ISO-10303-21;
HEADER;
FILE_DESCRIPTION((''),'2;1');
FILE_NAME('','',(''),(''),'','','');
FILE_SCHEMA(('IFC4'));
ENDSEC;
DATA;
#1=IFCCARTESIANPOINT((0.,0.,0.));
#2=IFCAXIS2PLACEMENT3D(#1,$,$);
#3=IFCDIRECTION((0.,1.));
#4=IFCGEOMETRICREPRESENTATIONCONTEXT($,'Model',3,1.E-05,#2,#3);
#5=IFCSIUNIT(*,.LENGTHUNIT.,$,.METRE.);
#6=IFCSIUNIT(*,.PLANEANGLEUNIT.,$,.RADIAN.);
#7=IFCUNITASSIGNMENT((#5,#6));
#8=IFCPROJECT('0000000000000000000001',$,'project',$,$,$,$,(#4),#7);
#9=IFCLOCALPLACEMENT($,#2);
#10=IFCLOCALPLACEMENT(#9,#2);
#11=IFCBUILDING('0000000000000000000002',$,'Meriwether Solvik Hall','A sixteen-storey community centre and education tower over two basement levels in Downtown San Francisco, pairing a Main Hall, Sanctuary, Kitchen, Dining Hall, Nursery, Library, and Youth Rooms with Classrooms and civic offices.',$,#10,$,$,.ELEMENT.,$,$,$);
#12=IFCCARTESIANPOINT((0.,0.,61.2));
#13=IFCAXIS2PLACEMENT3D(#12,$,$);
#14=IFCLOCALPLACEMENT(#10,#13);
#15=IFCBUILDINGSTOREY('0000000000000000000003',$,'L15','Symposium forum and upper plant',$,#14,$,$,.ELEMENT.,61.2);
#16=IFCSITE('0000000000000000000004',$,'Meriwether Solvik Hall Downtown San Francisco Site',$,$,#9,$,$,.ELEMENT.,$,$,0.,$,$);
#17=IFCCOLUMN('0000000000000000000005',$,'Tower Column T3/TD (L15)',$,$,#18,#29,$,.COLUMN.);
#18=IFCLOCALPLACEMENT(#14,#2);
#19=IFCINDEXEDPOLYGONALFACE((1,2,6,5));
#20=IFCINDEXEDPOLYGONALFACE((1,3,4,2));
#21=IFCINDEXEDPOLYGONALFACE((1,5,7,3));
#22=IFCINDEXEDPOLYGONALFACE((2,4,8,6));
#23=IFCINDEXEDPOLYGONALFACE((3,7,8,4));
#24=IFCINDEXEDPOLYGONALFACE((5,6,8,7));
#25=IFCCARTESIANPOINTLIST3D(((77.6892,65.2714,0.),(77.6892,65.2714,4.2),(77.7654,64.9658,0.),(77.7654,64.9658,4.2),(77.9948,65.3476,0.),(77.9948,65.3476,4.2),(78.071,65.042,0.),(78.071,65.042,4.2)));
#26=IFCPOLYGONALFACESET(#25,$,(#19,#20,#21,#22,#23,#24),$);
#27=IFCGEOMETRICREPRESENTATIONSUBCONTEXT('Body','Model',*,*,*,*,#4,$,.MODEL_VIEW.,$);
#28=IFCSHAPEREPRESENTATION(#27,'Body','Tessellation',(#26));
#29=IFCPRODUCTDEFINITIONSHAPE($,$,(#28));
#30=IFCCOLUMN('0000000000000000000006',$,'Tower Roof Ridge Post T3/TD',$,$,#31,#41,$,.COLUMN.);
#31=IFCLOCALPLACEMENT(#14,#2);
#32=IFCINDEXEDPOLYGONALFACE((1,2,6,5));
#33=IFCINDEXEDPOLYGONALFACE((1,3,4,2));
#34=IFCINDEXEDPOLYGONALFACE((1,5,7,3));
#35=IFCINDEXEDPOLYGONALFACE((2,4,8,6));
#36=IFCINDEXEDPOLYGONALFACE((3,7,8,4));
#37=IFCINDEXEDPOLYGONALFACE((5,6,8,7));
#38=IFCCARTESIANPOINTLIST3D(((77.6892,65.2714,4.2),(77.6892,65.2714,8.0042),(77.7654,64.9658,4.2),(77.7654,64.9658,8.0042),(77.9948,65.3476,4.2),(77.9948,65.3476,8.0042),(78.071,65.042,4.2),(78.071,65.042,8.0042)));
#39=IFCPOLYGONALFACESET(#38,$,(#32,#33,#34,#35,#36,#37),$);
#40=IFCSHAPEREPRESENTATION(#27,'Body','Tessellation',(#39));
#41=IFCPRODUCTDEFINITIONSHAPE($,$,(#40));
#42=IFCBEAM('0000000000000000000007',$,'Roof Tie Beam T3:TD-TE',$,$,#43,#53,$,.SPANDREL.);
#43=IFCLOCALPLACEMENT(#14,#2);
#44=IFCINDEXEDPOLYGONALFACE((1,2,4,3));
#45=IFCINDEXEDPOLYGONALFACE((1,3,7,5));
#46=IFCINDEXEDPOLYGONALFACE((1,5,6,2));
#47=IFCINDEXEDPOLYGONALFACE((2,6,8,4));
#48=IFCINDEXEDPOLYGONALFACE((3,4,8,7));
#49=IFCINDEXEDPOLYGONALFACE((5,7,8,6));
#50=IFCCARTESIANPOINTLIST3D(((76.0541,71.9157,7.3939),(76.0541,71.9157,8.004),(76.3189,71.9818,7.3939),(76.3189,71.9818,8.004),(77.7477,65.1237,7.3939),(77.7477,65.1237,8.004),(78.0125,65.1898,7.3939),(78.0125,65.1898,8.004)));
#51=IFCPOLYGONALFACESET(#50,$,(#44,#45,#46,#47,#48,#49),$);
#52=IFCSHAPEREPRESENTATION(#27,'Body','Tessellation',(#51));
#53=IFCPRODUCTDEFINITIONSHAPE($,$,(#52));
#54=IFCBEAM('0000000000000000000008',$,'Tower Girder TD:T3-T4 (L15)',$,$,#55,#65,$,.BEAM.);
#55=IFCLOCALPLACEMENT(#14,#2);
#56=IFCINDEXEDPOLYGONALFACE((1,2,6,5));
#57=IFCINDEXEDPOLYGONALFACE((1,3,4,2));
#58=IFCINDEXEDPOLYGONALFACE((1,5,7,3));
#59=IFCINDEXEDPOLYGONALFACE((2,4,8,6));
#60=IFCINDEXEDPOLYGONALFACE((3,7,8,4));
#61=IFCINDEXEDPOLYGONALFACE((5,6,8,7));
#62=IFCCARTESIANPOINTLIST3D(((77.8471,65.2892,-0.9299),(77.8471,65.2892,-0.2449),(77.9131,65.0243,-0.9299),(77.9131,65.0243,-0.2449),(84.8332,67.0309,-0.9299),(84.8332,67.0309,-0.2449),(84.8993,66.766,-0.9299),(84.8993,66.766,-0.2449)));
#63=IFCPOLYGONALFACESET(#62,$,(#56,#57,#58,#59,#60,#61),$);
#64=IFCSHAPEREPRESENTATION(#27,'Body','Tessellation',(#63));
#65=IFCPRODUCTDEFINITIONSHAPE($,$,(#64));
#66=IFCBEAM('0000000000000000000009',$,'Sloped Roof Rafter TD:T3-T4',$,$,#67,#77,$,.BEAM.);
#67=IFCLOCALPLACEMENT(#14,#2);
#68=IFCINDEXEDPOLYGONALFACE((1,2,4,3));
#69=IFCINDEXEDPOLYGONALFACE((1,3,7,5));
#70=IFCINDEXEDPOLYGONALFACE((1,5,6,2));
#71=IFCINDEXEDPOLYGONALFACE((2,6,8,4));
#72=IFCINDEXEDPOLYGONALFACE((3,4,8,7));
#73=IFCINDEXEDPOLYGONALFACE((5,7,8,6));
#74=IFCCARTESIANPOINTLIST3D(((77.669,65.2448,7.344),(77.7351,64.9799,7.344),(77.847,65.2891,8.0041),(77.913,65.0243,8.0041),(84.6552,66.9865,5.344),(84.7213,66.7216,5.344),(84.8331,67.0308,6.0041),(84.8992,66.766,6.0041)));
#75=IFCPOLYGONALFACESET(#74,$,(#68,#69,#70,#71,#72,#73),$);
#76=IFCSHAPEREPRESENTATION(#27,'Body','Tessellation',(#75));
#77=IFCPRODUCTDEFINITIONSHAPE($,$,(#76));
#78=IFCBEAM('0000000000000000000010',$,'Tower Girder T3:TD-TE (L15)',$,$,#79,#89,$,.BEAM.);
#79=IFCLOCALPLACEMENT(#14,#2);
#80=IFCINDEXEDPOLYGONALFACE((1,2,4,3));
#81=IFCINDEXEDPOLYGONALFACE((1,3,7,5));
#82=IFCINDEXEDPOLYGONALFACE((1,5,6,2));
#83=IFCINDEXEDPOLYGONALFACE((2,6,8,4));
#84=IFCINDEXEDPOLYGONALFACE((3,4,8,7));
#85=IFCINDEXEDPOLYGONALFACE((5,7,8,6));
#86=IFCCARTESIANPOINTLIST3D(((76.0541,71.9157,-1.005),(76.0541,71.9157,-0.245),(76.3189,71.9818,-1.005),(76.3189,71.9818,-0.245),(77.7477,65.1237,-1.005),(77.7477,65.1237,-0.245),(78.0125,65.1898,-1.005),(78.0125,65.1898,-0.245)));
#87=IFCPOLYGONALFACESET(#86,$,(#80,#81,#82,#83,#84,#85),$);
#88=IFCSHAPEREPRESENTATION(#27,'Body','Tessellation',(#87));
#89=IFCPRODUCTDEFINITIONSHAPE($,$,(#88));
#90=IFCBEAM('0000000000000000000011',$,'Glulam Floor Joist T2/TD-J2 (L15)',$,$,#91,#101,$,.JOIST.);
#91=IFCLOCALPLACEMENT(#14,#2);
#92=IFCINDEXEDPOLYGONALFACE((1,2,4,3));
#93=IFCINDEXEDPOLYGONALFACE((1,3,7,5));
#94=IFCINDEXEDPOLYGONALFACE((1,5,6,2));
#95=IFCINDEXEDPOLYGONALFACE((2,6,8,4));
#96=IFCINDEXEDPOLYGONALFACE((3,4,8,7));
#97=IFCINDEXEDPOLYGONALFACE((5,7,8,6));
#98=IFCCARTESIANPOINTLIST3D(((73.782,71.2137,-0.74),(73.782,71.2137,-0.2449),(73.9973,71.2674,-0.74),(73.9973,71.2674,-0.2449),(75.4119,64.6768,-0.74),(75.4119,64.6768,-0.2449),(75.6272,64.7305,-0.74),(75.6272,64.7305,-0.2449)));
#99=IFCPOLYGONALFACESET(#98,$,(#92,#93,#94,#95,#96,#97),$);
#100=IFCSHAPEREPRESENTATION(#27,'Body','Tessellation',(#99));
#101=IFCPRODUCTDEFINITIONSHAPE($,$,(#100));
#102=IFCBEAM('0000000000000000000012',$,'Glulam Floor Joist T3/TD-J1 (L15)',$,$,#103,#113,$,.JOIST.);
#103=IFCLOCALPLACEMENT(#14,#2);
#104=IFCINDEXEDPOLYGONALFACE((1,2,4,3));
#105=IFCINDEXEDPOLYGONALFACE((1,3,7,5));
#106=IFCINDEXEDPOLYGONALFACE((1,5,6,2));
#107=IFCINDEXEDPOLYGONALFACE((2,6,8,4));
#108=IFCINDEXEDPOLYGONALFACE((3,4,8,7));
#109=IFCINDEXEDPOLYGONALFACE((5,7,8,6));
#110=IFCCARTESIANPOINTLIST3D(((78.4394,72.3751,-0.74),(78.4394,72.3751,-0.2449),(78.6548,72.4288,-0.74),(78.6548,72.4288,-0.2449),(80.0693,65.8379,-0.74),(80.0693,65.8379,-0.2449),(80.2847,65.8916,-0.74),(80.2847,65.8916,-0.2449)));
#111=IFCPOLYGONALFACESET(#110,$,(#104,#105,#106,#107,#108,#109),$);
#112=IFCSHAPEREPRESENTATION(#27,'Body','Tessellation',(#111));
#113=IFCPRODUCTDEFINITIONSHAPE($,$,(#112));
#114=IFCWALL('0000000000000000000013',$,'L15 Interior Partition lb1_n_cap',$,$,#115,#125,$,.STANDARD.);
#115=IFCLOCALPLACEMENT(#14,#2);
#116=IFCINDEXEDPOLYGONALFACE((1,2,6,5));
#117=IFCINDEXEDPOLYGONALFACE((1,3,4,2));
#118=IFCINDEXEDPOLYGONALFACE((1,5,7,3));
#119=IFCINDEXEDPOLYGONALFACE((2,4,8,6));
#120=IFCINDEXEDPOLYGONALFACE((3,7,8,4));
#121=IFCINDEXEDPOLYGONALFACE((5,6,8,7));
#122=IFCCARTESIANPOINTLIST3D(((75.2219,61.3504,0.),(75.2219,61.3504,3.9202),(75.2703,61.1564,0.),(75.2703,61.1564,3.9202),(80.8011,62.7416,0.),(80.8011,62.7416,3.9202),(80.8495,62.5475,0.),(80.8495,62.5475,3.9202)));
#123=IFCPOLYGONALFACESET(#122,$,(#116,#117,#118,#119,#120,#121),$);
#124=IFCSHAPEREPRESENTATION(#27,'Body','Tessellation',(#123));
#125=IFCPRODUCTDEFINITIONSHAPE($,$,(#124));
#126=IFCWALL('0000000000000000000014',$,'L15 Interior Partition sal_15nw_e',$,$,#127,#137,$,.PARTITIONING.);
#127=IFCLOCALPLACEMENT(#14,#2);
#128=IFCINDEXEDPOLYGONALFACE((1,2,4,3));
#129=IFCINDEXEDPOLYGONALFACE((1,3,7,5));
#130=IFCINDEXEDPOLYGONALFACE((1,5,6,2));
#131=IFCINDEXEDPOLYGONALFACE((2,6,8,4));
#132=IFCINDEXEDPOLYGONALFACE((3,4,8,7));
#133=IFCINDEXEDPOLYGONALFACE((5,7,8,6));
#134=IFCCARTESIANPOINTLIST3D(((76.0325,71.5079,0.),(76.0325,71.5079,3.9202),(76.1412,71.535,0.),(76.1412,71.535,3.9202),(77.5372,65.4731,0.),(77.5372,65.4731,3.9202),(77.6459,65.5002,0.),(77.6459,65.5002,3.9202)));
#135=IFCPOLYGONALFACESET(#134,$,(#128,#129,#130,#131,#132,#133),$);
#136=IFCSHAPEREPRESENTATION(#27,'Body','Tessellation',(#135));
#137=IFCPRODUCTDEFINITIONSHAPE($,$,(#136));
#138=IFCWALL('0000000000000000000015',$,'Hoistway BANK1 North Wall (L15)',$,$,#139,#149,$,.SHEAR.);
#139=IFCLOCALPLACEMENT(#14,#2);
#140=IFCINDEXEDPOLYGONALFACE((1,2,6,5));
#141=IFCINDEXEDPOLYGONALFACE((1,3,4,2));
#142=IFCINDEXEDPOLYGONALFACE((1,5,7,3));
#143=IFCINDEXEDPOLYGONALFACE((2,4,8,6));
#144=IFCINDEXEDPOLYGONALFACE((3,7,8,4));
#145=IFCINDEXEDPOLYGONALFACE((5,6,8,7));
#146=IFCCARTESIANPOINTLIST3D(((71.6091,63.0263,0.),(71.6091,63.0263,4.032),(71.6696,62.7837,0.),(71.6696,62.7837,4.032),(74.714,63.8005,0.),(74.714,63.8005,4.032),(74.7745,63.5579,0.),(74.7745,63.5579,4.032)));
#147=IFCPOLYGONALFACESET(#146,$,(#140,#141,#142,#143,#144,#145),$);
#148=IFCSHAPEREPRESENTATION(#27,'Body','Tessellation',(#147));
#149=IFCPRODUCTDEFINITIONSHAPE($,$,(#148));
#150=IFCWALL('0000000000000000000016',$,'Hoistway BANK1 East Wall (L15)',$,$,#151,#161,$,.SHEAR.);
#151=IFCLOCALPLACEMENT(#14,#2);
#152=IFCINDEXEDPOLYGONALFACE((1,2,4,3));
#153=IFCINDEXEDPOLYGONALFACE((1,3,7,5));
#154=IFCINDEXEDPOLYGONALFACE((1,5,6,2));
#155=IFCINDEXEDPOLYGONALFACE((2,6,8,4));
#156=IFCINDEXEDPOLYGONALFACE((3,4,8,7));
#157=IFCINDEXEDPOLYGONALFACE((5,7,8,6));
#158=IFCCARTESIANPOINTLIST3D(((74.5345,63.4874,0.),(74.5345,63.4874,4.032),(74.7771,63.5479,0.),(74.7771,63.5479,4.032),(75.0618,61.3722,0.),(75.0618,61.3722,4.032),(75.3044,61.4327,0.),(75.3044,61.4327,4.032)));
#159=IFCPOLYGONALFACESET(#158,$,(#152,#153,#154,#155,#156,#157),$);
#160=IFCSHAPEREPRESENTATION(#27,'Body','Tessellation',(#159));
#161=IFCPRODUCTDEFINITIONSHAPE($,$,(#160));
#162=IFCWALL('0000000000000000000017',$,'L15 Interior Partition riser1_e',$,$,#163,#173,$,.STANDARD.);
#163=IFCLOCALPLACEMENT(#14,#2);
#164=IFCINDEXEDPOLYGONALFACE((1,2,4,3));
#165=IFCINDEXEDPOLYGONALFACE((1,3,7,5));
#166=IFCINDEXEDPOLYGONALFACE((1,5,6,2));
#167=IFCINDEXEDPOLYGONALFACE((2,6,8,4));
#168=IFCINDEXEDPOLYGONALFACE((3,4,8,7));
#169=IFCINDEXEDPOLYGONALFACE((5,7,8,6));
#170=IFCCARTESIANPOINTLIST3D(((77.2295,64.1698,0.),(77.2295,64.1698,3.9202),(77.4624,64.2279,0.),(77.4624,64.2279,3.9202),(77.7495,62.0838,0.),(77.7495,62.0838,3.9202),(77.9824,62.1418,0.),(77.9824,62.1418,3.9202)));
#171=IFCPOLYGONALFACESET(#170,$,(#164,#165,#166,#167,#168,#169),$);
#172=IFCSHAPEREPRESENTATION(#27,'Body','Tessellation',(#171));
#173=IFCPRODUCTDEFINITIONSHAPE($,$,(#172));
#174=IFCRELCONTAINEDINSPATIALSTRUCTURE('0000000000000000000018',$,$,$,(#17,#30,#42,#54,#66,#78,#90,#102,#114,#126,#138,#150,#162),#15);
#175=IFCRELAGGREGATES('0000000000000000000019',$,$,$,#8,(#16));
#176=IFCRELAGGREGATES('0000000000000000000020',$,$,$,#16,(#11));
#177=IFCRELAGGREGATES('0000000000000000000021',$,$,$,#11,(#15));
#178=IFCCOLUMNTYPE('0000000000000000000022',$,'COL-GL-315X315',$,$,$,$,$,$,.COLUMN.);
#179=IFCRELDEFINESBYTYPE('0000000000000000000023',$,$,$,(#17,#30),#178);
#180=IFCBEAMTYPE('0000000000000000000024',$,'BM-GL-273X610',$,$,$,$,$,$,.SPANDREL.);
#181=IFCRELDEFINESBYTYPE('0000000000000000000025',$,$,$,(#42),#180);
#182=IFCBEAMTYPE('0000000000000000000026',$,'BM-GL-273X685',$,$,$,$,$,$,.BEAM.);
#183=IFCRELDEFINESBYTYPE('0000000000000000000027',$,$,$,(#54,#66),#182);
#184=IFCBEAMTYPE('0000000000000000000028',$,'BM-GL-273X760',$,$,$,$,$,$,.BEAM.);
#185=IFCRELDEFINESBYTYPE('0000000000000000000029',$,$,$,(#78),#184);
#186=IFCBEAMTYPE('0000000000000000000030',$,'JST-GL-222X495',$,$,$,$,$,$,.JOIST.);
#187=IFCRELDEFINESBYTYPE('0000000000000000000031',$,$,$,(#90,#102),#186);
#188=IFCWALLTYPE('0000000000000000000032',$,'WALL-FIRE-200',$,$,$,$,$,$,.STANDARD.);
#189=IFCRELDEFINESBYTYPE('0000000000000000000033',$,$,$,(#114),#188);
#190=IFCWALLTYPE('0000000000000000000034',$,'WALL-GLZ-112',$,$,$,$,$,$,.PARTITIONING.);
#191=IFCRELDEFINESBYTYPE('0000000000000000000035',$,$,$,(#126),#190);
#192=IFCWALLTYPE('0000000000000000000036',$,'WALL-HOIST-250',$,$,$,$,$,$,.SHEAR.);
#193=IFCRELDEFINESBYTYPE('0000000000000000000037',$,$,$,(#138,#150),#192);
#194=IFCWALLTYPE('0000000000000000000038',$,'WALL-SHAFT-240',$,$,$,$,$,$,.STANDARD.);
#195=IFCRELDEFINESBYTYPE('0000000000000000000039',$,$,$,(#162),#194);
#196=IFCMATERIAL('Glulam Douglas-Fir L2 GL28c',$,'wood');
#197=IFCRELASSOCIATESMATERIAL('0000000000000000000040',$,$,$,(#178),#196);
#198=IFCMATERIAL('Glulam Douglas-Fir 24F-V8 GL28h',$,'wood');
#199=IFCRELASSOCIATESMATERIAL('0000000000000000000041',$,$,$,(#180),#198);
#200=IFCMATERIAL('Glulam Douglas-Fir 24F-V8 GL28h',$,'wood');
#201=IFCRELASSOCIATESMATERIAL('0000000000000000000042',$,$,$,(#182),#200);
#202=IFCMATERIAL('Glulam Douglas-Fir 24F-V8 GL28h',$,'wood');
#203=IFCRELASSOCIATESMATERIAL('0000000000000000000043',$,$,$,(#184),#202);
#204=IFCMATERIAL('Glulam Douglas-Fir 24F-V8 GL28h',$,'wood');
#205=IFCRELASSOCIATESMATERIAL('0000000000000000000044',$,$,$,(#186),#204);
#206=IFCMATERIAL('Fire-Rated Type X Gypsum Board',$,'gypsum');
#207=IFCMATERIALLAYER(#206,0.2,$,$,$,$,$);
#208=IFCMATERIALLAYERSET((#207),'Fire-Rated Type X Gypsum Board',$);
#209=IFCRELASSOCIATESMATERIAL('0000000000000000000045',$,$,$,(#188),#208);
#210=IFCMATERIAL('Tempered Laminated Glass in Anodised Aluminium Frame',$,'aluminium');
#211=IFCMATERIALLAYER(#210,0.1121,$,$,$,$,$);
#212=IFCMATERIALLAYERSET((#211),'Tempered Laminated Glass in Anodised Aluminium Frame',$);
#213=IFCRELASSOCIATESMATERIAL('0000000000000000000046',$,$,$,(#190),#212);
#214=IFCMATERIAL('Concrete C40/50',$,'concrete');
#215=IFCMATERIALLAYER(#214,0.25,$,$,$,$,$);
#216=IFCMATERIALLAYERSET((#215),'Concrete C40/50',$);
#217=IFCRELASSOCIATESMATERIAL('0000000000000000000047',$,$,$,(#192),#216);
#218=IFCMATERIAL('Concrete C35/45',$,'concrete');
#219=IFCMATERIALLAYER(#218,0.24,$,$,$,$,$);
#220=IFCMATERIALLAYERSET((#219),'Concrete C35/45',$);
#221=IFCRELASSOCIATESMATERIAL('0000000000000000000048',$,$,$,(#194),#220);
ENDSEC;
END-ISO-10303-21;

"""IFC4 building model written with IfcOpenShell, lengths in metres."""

from ifc_helpers import new_model, si_unit, direction, frame, frame_2d, origin, origin_2d, place, context, subcontext, project, spatial, rectangle, extrude, material, layer, layer_set, material_profile, profile_set, type_object, element, save


model = new_model("IFC4")

# Units and contexts
model_context = context("Model", 3, precision=1e-05, world=origin(), true_north=direction((0.0, 1.0)))
body_context = subcontext(model_context, "Body", "Model", "MODEL_VIEW")
ifc_project = project(units=[si_unit("LENGTHUNIT", "METRE"), si_unit("PLANEANGLEUNIT", "RADIAN")], contexts=[model_context])

# Site, building, storey
site_placement = place(None, origin())
site = spatial("IfcSite", under=ifc_project, at=site_placement, Name="Meriwether Solvik Hall Downtown San Francisco Site", CompositionType="ELEMENT", RefElevation=0.0)
building_placement = place(site_placement, origin())
building = spatial("IfcBuilding", under=site, at=building_placement, Name="Meriwether Solvik Hall", Description="A sixteen-storey community centre and education tower over two basement levels in Downtown San Francisco, pairing a Main Hall, Sanctuary, Kitchen, Dining Hall, Nursery, Library, and Youth Rooms with Classrooms and civic offices.", CompositionType="ELEMENT")
storey_placement = place(building_placement, frame((0.0, 0.0, 61.2)))
storey = spatial("IfcBuildingStorey", under=building, at=storey_placement, Name="L15", Description="Symposium forum and upper plant", CompositionType="ELEMENT", Elevation=61.2)

# Columns
ifc_material_1 = material(Name="Glulam Douglas-Fir L2 GL28c", Category="wood")
ifc_material_profile_1 = material_profile(ifc_material_1, rectangle(XDim=0.3149, YDim=0.3149, at=origin_2d()), Name="GLC-315X315")
ifc_profile_set_1 = profile_set([ifc_material_profile_1], Name="Glulam Douglas-Fir L2 GL28c")
column_type = type_object("IfcColumnType", Name="COL-GL-315X315", PredefinedType="COLUMN", material=ifc_profile_set_1)
column_1_placement = place(storey_placement, frame((77.8801, 65.1567, 0.0), z_axis=(0.0, 0.0, 1.0), x_axis=(0.970296, 0.241922, 0.0)))
element("IfcColumn", 1, at=column_1_placement, inside=storey, type_object=column_type, Name="Tower Column T3/TD (L15)", PredefinedType="COLUMN", context=body_context, shape_type="SweptSolid", body=[
    extrude(rectangle(XDim=0.3149, YDim=0.3149, at=origin_2d()), origin(), (0.0, 0.0, 1.0), 4.2),
])
column_2_placement = place(storey_placement, frame((77.8801, 65.1567, 4.2), z_axis=(0.0, 0.0, 1.0), x_axis=(0.970296, 0.241922, 0.0)))
element("IfcColumn", 2, at=column_2_placement, inside=storey, type_object=column_type, Name="Tower Roof Ridge Post T3/TD", PredefinedType="COLUMN", context=body_context, shape_type="SweptSolid", body=[
    extrude(rectangle(XDim=0.3149, YDim=0.3149, at=origin_2d()), origin(), (0.0, 0.0, 1.0), 3.8042),
])

# Beams
ifc_material_2 = material(Name="Glulam Douglas-Fir 24F-V8 GL28h", Category="wood")
ifc_material_profile_2 = material_profile(ifc_material_2, rectangle(XDim=0.2729, YDim=0.6101, at=origin_2d()), Name="GLB-273X610")
ifc_profile_set_2 = profile_set([ifc_material_profile_2], Name="Glulam Douglas-Fir 24F-V8 GL28h")
beam_type_1 = type_object("IfcBeamType", Name="BM-GL-273X610", PredefinedType="SPANDREL", material=ifc_profile_set_2)
beam_1_placement = place(storey_placement, frame((77.8801, 65.1567, 7.699), z_axis=(-0.241945, 0.97029, 0.0), x_axis=(-0.97029, -0.241945, 0.0)))
element("IfcBeam", 3, at=beam_1_placement, inside=storey, type_object=beam_type_1, Name="Roof Tie Beam T3:TD-TE", PredefinedType="SPANDREL", context=body_context, shape_type="SweptSolid", body=[
    extrude(rectangle(XDim=0.2729, YDim=0.6101, at=origin_2d()), origin(), (0.0, 0.0, 1.0), 7.0),
])
ifc_material_3 = material(Name="Glulam Douglas-Fir 24F-V8 GL28h", Category="wood")
ifc_material_profile_3 = material_profile(ifc_material_3, rectangle(XDim=0.2729, YDim=0.6851, at=origin_2d()), Name="GLB-273X685")
ifc_profile_set_3 = profile_set([ifc_material_profile_3], Name="Glulam Douglas-Fir 24F-V8 GL28h")
beam_type_2 = type_object("IfcBeamType", Name="BM-GL-273X685", PredefinedType="BEAM", material=ifc_profile_set_3)
beam_2_placement = place(storey_placement, frame((77.8801, 65.1567, -0.5874), z_axis=(0.9703, 0.241905, 0.0), x_axis=(-0.241905, 0.9703, 0.0)))
element("IfcBeam", 4, at=beam_2_placement, inside=storey, type_object=beam_type_2, Name="Tower Girder TD:T3-T4 (L15)", PredefinedType="BEAM", context=body_context, shape_type="SweptSolid", body=[
    extrude(rectangle(XDim=0.2729, YDim=0.6851, at=origin_2d()), origin(), (0.0, 0.0, 1.0), 7.2),
])
beam_3_placement = place(storey_placement, frame((77.791, 65.1345, 7.6741), z_axis=(0.934901, 0.23308, -0.267647), x_axis=(-0.241905, 0.9703, 0.0)))
element("IfcBeam", 5, at=beam_3_placement, inside=storey, type_object=beam_type_2, Name="Sloped Roof Rafter TD:T3-T4", PredefinedType="BEAM", context=body_context, shape_type="SweptSolid", body=[
    extrude(rectangle(XDim=0.2729, YDim=0.6851, at=origin_2d()), origin(), (0.0, 0.0, 1.0), 7.4727),
])
ifc_material_4 = material(Name="Glulam Douglas-Fir 24F-V8 GL28h", Category="wood")
ifc_material_profile_4 = material_profile(ifc_material_4, rectangle(XDim=0.2729, YDim=0.76, at=origin_2d()), Name="GLB-273X760")
ifc_profile_set_4 = profile_set([ifc_material_profile_4], Name="Glulam Douglas-Fir 24F-V8 GL28h")
beam_type_3 = type_object("IfcBeamType", Name="BM-GL-273X760", PredefinedType="BEAM", material=ifc_profile_set_4)
beam_4_placement = place(storey_placement, frame((77.8801, 65.1567, -0.625), z_axis=(-0.241945, 0.97029, 0.0), x_axis=(-0.97029, -0.241945, 0.0)))
element("IfcBeam", 6, at=beam_4_placement, inside=storey, type_object=beam_type_3, Name="Tower Girder T3:TD-TE (L15)", PredefinedType="BEAM", context=body_context, shape_type="SweptSolid", body=[
    extrude(rectangle(XDim=0.2729, YDim=0.76, at=origin_2d()), origin(), (0.0, 0.0, 1.0), 7.0),
])
ifc_material_5 = material(Name="Glulam Douglas-Fir 24F-V8 GL28h", Category="wood")
ifc_material_profile_5 = material_profile(ifc_material_5, rectangle(XDim=0.2219, YDim=0.4951, at=origin_2d()), Name="GLJ-222X495")
ifc_profile_set_5 = profile_set([ifc_material_profile_5], Name="Glulam Douglas-Fir 24F-V8 GL28h")
beam_type_4 = type_object("IfcBeamType", Name="JST-GL-222X495", PredefinedType="JOIST", material=ifc_profile_set_5)
beam_5_placement = place(storey_placement, frame((75.5195, 64.7036, -0.4924), z_axis=(-0.24193, 0.970294, 0.0), x_axis=(-0.970294, -0.24193, 0.0)))
element("IfcBeam", 7, at=beam_5_placement, inside=storey, type_object=beam_type_4, Name="Glulam Floor Joist T2/TD-J2 (L15)", PredefinedType="JOIST", context=body_context, shape_type="SweptSolid", body=[
    extrude(rectangle(XDim=0.2219, YDim=0.4951, at=origin_2d()), origin(), (0.0, 0.0, 1.0), 6.7371),
])
beam_6_placement = place(storey_placement, frame((80.177, 65.8647, -0.4924), z_axis=(-0.241922, 0.970296, 0.0), x_axis=(-0.970296, -0.241922, 0.0)))
element("IfcBeam", 8, at=beam_6_placement, inside=storey, type_object=beam_type_4, Name="Glulam Floor Joist T3/TD-J1 (L15)", PredefinedType="JOIST", context=body_context, shape_type="SweptSolid", body=[
    extrude(rectangle(XDim=0.2219, YDim=0.4951, at=origin_2d()), origin(), (0.0, 0.0, 1.0), 6.7373),
])

# Walls
ifc_material_6 = material(Name="Fire-Rated Type X Gypsum Board", Category="gypsum")
ifc_layer_1 = layer(ifc_material_6, 0.2)
ifc_layer_set_1 = layer_set([ifc_layer_1], Name="Fire-Rated Type X Gypsum Board")
wall_type_1 = type_object("IfcWallType", Name="WALL-FIRE-200", PredefinedType="STANDARD", material=ifc_layer_set_1)
wall_1_placement = place(storey_placement, frame((75.2461, 61.2534, 0.0), z_axis=(0.0, 0.0, 1.0), x_axis=(0.970292, 0.241936, 0.0)))
element("IfcWall", 9, at=wall_1_placement, inside=storey, type_object=wall_type_1, Name="L15 Interior Partition lb1_n_cap", PredefinedType="STANDARD", context=body_context, shape_type="SweptSolid", body=[
    extrude(rectangle(XDim=5.75, YDim=0.2, at=frame_2d((2.875, 0.0))), origin(), (0.0, 0.0, 1.0), 3.9202),
])
ifc_material_7 = material(Name="Tempered Laminated Glass in Anodised Aluminium Frame", Category="aluminium")
ifc_layer_2 = layer(ifc_material_7, 0.1121)
ifc_layer_set_2 = layer_set([ifc_layer_2], Name="Tempered Laminated Glass in Anodised Aluminium Frame")
wall_type_2 = type_object("IfcWallType", Name="WALL-GLZ-112", PredefinedType="PARTITIONING", material=ifc_layer_set_2)
wall_2_placement = place(storey_placement, frame((77.5916, 65.4866, 0.0), z_axis=(0.0, 0.0, 1.0), x_axis=(-0.241926, 0.970295, 0.0)))
element("IfcWall", 10, at=wall_2_placement, inside=storey, type_object=wall_type_2, Name="L15 Interior Partition sal_15nw_e", PredefinedType="PARTITIONING", context=body_context, shape_type="SweptSolid", body=[
    extrude(rectangle(XDim=6.2195, YDim=0.1121, at=frame_2d((3.1099, 0.0))), origin(), (0.0, 0.0, 1.0), 3.9202),
])
ifc_material_8 = material(Name="Concrete C40/50", Category="concrete")
ifc_layer_3 = layer(ifc_material_8, 0.25)
ifc_layer_set_3 = layer_set([ifc_layer_3], Name="Concrete C40/50")
wall_type_3 = type_object("IfcWallType", Name="WALL-HOIST-250", PredefinedType="SHEAR", material=ifc_layer_set_3)
wall_3_placement = place(storey_placement, frame((74.7444, 63.6792, 0.0), z_axis=(0.0, 0.0, 1.0), x_axis=(-0.970295, -0.241925, 0.0)))
element("IfcWall", 11, at=wall_3_placement, inside=storey, type_object=wall_type_3, Name="Hoistway BANK1 North Wall (L15)", PredefinedType="SHEAR", context=body_context, shape_type="SweptSolid", body=[
    extrude(rectangle(XDim=3.2, YDim=0.25, at=frame_2d((1.6001, 0.0))), origin(), (0.0, 0.0, 1.0), 4.032),
])
wall_4_placement = place(storey_placement, frame((75.1831, 61.4026, 0.0), z_axis=(0.0, 0.0, 1.0), x_axis=(-0.241903, 0.9703, 0.0)))
element("IfcWall", 12, at=wall_4_placement, inside=storey, type_object=wall_type_3, Name="Hoistway BANK1 East Wall (L15)", PredefinedType="SHEAR", context=body_context, shape_type="SweptSolid", body=[
    extrude(rectangle(XDim=2.1799, YDim=0.25, at=frame_2d((1.0898, 0.0))), origin(), (0.0, 0.0, 1.0), 4.032),
])
ifc_material_9 = material(Name="Concrete C35/45", Category="concrete")
ifc_layer_4 = layer(ifc_material_9, 0.24)
ifc_layer_set_4 = layer_set([ifc_layer_4], Name="Concrete C35/45")
wall_type_4 = type_object("IfcWallType", Name="WALL-SHAFT-240", PredefinedType="STANDARD", material=ifc_layer_set_4)
wall_5_placement = place(storey_placement, frame((77.866, 62.1128, 0.0), z_axis=(0.0, 0.0, 1.0), x_axis=(-0.241868, 0.970309, 0.0)))
element("IfcWall", 13, at=wall_5_placement, inside=storey, type_object=wall_type_4, Name="L15 Interior Partition riser1_e", PredefinedType="STANDARD", context=body_context, shape_type="SweptSolid", body=[
    extrude(rectangle(XDim=2.1499, YDim=0.24, at=frame_2d((1.075, 0.0))), origin(), (0.0, 0.0, 1.0), 3.9202),
])

save(model, "model.ifc")
